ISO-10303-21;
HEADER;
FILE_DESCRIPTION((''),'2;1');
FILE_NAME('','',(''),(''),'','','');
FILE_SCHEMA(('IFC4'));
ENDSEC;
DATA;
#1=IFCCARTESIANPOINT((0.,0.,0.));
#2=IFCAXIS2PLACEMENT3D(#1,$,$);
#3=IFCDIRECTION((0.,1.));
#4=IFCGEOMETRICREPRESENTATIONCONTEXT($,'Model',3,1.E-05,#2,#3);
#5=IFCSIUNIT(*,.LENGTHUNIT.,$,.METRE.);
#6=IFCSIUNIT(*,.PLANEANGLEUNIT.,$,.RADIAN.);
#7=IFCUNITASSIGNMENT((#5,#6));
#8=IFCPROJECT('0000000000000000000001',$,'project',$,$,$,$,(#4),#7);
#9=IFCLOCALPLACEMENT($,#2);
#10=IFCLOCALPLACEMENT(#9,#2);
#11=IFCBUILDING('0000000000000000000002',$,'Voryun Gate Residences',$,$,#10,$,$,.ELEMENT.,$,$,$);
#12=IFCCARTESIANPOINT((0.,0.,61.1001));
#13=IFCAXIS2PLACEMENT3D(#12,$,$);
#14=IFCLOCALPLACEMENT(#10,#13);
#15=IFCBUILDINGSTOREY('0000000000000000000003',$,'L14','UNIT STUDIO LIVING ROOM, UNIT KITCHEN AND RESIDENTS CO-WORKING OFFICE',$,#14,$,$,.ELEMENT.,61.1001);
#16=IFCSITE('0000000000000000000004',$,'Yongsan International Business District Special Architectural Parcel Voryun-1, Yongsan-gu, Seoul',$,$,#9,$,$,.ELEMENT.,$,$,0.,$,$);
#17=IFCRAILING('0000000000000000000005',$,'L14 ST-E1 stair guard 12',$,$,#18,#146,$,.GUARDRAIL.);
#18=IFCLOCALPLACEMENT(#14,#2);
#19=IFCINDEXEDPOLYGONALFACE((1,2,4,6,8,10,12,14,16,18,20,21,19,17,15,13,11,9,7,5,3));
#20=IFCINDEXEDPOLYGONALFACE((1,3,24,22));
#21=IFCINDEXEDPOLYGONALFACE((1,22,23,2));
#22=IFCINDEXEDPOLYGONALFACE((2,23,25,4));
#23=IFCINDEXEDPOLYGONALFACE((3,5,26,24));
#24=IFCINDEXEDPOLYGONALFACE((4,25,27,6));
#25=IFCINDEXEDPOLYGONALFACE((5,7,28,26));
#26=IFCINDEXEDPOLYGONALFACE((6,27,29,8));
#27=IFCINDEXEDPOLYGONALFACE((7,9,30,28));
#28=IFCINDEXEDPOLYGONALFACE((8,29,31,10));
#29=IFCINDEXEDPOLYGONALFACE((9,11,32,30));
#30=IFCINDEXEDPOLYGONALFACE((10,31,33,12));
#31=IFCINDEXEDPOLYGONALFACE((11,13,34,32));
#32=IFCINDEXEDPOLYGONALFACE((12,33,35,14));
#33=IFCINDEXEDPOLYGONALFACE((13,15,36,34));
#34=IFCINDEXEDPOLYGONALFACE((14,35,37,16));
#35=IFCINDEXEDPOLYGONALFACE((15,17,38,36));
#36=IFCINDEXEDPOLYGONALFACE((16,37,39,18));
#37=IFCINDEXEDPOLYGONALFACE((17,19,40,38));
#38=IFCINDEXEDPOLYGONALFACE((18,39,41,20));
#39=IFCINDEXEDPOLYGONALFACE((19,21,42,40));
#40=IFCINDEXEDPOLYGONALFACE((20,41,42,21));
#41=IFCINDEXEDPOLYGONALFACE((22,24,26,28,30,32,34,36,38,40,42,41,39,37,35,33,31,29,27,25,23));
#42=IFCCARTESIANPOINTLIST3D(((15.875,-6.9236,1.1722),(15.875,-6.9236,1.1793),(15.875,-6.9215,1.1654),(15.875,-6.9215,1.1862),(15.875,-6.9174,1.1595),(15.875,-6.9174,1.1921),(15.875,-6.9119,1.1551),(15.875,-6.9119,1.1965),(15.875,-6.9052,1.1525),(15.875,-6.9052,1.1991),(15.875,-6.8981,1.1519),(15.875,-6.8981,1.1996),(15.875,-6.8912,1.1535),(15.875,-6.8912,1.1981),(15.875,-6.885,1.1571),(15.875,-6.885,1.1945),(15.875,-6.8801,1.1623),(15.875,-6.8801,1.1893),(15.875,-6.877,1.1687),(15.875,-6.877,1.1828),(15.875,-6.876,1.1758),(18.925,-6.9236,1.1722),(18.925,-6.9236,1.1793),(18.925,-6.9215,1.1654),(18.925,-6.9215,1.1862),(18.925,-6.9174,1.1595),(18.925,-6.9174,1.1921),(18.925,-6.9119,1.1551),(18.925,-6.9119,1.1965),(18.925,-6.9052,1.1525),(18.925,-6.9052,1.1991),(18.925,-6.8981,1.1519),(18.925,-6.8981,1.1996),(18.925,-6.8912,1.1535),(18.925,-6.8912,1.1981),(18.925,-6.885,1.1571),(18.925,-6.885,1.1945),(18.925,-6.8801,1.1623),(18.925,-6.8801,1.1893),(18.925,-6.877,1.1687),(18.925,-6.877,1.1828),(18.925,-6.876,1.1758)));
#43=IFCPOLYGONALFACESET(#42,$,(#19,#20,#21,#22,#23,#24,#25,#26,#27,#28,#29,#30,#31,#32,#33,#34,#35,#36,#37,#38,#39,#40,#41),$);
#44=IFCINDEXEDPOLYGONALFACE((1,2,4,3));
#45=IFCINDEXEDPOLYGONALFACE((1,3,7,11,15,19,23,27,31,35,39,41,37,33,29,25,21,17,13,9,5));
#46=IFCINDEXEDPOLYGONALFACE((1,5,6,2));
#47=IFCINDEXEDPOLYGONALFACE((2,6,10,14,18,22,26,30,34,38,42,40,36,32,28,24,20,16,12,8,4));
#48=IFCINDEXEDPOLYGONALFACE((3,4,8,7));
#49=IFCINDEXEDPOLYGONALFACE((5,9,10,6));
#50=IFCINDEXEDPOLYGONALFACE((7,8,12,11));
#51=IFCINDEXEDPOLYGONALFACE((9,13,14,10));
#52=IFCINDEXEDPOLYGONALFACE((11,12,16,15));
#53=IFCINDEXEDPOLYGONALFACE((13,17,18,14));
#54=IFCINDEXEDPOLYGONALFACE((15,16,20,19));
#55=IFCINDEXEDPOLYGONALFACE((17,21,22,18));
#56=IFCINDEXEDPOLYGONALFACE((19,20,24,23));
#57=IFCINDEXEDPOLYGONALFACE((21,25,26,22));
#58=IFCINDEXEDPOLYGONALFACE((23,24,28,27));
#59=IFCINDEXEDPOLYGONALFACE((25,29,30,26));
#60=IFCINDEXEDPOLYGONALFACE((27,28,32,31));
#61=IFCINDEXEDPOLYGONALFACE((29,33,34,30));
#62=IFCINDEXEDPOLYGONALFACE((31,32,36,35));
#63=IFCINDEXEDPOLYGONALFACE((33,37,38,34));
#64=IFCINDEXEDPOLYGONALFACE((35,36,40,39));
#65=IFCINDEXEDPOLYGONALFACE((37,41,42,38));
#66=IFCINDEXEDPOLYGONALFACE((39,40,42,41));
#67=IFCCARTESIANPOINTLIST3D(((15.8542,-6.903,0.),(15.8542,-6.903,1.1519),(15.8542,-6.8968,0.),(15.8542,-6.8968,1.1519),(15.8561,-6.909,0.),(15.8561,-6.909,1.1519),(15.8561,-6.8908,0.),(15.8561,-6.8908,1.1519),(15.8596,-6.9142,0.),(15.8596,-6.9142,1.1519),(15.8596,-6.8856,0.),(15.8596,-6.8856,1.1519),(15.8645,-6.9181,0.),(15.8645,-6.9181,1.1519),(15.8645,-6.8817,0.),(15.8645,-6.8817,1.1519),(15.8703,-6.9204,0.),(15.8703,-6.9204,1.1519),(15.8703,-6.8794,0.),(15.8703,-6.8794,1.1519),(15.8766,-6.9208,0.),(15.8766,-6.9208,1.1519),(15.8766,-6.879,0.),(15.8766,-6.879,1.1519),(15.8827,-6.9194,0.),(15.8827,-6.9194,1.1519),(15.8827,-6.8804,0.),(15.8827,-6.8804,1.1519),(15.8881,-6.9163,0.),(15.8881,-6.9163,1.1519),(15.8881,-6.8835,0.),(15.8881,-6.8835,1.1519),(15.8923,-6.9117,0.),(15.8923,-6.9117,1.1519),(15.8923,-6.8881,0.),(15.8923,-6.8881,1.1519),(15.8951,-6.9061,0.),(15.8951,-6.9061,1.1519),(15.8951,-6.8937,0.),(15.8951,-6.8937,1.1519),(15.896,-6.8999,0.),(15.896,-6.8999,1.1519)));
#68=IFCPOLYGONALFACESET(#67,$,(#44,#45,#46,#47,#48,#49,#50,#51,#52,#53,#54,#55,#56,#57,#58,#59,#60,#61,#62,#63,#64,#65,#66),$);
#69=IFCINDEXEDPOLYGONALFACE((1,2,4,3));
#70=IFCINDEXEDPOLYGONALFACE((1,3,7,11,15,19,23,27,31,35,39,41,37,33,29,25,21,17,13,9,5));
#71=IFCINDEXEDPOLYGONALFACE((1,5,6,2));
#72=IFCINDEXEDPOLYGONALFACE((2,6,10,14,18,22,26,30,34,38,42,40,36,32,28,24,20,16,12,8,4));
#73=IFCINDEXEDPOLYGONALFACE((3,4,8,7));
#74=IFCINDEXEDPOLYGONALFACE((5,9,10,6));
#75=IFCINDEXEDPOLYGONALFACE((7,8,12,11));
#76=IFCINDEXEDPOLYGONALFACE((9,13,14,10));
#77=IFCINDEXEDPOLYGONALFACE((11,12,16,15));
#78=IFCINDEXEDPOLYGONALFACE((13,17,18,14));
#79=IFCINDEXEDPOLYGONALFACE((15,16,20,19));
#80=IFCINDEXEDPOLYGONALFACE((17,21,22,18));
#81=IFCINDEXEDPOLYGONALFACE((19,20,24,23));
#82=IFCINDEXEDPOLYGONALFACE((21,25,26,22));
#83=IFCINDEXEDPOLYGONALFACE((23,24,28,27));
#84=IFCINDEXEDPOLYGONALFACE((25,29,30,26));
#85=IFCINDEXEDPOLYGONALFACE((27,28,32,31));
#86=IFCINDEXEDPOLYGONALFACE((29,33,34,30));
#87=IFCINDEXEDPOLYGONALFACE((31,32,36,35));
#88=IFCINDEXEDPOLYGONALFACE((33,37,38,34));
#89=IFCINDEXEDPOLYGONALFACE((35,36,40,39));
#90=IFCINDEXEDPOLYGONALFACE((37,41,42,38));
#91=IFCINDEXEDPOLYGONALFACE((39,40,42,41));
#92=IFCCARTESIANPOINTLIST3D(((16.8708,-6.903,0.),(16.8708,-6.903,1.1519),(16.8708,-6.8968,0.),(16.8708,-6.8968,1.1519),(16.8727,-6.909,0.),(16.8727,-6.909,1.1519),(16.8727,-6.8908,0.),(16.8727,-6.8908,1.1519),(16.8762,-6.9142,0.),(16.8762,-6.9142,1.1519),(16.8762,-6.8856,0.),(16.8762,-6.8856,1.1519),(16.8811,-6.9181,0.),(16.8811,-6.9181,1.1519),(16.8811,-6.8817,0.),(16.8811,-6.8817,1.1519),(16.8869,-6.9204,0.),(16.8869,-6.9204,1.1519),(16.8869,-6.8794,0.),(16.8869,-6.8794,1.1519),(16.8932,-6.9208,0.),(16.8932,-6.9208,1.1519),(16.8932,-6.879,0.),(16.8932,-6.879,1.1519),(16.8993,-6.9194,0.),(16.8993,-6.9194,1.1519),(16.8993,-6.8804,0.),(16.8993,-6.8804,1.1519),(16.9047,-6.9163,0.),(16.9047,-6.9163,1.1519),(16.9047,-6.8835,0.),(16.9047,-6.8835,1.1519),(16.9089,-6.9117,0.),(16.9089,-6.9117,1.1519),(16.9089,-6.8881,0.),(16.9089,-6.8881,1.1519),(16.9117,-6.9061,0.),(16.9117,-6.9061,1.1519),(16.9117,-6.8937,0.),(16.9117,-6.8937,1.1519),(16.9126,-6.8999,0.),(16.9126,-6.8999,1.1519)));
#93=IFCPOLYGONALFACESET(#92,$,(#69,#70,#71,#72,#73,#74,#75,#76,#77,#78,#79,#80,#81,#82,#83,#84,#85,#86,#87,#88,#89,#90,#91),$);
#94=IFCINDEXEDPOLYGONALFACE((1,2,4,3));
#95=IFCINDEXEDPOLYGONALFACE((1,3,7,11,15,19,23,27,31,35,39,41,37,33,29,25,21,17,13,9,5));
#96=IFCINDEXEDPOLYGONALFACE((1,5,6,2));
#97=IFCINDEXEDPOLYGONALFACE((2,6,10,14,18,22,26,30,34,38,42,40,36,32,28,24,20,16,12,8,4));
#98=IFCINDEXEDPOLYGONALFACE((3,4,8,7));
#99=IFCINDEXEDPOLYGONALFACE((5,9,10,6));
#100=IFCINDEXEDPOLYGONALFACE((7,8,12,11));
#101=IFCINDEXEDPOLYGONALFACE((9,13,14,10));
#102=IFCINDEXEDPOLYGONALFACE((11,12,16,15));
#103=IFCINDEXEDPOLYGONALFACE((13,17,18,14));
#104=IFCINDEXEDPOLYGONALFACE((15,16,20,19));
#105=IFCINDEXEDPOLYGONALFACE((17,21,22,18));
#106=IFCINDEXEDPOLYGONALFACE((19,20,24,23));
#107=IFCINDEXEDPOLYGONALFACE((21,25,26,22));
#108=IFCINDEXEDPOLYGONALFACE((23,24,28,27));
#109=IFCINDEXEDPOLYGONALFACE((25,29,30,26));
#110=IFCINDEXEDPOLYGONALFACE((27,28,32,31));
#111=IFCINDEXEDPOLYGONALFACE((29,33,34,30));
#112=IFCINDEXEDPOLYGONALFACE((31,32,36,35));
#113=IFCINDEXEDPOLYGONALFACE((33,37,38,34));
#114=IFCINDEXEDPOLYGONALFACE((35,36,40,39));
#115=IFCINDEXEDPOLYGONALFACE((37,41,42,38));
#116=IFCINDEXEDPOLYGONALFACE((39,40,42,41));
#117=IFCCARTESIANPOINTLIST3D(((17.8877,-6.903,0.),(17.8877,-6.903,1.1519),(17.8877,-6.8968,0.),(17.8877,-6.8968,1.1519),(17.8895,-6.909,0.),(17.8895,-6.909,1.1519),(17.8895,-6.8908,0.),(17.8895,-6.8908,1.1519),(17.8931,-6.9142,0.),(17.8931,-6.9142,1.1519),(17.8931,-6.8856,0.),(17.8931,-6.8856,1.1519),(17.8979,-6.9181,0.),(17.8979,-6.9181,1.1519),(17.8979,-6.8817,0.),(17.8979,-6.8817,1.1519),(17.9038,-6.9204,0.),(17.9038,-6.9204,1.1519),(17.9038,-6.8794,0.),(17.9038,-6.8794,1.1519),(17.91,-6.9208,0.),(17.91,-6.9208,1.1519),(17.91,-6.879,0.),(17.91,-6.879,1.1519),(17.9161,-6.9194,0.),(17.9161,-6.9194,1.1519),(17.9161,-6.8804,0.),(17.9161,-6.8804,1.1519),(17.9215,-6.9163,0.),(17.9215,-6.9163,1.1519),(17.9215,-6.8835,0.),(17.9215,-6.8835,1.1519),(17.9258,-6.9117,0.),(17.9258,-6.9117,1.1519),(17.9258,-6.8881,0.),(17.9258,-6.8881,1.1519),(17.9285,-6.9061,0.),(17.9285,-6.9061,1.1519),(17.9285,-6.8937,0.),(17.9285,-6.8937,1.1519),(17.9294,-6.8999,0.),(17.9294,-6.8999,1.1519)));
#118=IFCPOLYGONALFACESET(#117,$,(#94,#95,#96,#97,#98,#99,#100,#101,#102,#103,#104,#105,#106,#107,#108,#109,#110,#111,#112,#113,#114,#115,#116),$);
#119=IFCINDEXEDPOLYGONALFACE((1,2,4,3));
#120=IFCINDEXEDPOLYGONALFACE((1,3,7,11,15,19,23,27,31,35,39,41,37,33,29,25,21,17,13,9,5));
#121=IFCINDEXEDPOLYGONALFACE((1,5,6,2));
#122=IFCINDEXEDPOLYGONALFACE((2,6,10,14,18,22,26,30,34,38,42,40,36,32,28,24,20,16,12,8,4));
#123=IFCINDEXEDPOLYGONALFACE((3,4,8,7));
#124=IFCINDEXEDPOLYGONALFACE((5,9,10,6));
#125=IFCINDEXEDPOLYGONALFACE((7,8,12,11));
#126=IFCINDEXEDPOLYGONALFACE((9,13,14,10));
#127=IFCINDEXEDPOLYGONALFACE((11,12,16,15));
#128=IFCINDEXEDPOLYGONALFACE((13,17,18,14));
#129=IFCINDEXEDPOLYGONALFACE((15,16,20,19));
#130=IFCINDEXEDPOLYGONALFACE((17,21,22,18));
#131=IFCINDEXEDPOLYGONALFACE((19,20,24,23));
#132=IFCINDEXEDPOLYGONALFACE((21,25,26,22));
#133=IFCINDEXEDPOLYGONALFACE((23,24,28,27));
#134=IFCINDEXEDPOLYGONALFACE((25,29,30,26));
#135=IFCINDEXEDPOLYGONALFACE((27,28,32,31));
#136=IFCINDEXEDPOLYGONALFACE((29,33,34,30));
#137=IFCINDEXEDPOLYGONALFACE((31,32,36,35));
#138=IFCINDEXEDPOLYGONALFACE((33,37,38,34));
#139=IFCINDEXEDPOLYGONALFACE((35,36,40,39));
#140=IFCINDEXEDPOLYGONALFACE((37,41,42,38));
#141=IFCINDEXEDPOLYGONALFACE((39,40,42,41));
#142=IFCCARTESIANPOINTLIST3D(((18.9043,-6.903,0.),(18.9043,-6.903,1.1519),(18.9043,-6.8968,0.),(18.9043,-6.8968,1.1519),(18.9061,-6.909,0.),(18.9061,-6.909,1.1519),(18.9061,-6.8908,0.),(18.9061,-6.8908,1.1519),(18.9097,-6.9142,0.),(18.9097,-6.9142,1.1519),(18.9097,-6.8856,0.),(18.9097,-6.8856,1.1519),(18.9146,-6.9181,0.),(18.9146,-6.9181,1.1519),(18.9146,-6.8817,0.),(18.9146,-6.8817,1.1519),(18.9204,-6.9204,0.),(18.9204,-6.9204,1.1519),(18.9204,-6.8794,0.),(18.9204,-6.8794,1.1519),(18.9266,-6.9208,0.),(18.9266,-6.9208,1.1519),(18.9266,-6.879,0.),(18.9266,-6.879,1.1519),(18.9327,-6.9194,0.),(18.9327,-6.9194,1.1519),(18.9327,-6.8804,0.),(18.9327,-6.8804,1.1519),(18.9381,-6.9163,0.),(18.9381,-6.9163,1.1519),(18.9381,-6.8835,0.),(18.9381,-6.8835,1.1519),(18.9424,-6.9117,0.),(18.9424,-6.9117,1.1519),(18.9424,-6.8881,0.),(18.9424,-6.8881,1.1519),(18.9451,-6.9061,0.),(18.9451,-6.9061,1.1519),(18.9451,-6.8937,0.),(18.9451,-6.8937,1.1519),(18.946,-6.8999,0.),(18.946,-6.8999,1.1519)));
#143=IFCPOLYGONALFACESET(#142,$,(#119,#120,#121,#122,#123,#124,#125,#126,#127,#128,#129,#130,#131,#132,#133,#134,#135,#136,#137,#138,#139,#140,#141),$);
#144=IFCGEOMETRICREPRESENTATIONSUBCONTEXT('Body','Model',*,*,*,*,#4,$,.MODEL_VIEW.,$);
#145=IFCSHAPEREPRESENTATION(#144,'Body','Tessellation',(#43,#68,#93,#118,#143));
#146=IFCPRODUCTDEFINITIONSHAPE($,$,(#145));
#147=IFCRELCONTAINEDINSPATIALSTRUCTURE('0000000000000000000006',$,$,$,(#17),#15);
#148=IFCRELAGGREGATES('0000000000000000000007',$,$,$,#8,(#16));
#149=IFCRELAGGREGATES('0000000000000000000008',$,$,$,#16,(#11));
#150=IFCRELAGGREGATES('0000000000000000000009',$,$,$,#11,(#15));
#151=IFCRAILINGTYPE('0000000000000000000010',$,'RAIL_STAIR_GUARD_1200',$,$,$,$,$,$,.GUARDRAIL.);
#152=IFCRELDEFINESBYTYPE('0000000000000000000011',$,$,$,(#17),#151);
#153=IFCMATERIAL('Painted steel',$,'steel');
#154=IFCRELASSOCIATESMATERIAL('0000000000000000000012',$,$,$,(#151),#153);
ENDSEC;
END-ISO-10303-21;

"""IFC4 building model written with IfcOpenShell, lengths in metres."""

from ifc_helpers import new_model, si_unit, direction, frame, origin, origin_2d, place, context, subcontext, project, spatial, circle, extrude, material, type_object, element, save


model = new_model("IFC4")

# Units and contexts
model_context = context("Model", 3, precision=1e-05, world=origin(), true_north=direction((0.0, 1.0)))
body_context = subcontext(model_context, "Body", "Model", "MODEL_VIEW")
ifc_project = project(units=[si_unit("LENGTHUNIT", "METRE"), si_unit("PLANEANGLEUNIT", "RADIAN")], contexts=[model_context])

# Site, building, storey
site_placement = place(None, origin())
site = spatial("IfcSite", under=ifc_project, at=site_placement, Name="Yongsan International Business District Special Architectural Parcel Voryun-1, Yongsan-gu, Seoul", CompositionType="ELEMENT", RefElevation=0.0)
building_placement = place(site_placement, origin())
building = spatial("IfcBuilding", under=site, at=building_placement, Name="Voryun Gate Residences", CompositionType="ELEMENT")
storey_placement = place(building_placement, frame((0.0, 0.0, 61.1001)))
storey = spatial("IfcBuildingStorey", under=building, at=storey_placement, Name="L14", Description="UNIT STUDIO LIVING ROOM, UNIT KITCHEN AND RESIDENTS CO-WORKING OFFICE", CompositionType="ELEMENT", Elevation=61.1001)

# Railing
ifc_material_1 = material(Name="Painted steel", Category="steel")
railing_type_1 = type_object("IfcRailingType", Name="RAIL_STAIR_GUARD_1200", PredefinedType="GUARDRAIL", material=ifc_material_1)
railing_1_placement = place(storey_placement, frame((15.875, -6.8999, 0.0)))
element("IfcRailing", 1, at=railing_1_placement, inside=storey, type_object=railing_type_1, Name="L14 ST-E1 stair guard 12", PredefinedType="GUARDRAIL", context=body_context, shape_type="SweptSolid", body=[
    extrude(circle(Radius=0.0239, at=origin_2d()), frame((0.0, 0.0, 1.1758), z_axis=(1.0, 0.0, 0.0), x_axis=(0.0, 1.0, 0.0)), (0.0, 0.0, 1.0), 3.05),
    extrude(circle(Radius=0.021, at=origin_2d()), origin(), (0.0, 0.0, 1.0), 1.1519),
    extrude(circle(Radius=0.021, at=origin_2d()), frame((1.0166, 0.0, 0.0)), (0.0, 0.0, 1.0), 1.1519),
    extrude(circle(Radius=0.021, at=origin_2d()), frame((2.0334, 0.0, 0.0)), (0.0, 0.0, 1.0), 1.1519),
    extrude(circle(Radius=0.021, at=origin_2d()), frame((3.05, 0.0, 0.0)), (0.0, 0.0, 1.0), 1.1519),
])

save(model, "model.ifc")
